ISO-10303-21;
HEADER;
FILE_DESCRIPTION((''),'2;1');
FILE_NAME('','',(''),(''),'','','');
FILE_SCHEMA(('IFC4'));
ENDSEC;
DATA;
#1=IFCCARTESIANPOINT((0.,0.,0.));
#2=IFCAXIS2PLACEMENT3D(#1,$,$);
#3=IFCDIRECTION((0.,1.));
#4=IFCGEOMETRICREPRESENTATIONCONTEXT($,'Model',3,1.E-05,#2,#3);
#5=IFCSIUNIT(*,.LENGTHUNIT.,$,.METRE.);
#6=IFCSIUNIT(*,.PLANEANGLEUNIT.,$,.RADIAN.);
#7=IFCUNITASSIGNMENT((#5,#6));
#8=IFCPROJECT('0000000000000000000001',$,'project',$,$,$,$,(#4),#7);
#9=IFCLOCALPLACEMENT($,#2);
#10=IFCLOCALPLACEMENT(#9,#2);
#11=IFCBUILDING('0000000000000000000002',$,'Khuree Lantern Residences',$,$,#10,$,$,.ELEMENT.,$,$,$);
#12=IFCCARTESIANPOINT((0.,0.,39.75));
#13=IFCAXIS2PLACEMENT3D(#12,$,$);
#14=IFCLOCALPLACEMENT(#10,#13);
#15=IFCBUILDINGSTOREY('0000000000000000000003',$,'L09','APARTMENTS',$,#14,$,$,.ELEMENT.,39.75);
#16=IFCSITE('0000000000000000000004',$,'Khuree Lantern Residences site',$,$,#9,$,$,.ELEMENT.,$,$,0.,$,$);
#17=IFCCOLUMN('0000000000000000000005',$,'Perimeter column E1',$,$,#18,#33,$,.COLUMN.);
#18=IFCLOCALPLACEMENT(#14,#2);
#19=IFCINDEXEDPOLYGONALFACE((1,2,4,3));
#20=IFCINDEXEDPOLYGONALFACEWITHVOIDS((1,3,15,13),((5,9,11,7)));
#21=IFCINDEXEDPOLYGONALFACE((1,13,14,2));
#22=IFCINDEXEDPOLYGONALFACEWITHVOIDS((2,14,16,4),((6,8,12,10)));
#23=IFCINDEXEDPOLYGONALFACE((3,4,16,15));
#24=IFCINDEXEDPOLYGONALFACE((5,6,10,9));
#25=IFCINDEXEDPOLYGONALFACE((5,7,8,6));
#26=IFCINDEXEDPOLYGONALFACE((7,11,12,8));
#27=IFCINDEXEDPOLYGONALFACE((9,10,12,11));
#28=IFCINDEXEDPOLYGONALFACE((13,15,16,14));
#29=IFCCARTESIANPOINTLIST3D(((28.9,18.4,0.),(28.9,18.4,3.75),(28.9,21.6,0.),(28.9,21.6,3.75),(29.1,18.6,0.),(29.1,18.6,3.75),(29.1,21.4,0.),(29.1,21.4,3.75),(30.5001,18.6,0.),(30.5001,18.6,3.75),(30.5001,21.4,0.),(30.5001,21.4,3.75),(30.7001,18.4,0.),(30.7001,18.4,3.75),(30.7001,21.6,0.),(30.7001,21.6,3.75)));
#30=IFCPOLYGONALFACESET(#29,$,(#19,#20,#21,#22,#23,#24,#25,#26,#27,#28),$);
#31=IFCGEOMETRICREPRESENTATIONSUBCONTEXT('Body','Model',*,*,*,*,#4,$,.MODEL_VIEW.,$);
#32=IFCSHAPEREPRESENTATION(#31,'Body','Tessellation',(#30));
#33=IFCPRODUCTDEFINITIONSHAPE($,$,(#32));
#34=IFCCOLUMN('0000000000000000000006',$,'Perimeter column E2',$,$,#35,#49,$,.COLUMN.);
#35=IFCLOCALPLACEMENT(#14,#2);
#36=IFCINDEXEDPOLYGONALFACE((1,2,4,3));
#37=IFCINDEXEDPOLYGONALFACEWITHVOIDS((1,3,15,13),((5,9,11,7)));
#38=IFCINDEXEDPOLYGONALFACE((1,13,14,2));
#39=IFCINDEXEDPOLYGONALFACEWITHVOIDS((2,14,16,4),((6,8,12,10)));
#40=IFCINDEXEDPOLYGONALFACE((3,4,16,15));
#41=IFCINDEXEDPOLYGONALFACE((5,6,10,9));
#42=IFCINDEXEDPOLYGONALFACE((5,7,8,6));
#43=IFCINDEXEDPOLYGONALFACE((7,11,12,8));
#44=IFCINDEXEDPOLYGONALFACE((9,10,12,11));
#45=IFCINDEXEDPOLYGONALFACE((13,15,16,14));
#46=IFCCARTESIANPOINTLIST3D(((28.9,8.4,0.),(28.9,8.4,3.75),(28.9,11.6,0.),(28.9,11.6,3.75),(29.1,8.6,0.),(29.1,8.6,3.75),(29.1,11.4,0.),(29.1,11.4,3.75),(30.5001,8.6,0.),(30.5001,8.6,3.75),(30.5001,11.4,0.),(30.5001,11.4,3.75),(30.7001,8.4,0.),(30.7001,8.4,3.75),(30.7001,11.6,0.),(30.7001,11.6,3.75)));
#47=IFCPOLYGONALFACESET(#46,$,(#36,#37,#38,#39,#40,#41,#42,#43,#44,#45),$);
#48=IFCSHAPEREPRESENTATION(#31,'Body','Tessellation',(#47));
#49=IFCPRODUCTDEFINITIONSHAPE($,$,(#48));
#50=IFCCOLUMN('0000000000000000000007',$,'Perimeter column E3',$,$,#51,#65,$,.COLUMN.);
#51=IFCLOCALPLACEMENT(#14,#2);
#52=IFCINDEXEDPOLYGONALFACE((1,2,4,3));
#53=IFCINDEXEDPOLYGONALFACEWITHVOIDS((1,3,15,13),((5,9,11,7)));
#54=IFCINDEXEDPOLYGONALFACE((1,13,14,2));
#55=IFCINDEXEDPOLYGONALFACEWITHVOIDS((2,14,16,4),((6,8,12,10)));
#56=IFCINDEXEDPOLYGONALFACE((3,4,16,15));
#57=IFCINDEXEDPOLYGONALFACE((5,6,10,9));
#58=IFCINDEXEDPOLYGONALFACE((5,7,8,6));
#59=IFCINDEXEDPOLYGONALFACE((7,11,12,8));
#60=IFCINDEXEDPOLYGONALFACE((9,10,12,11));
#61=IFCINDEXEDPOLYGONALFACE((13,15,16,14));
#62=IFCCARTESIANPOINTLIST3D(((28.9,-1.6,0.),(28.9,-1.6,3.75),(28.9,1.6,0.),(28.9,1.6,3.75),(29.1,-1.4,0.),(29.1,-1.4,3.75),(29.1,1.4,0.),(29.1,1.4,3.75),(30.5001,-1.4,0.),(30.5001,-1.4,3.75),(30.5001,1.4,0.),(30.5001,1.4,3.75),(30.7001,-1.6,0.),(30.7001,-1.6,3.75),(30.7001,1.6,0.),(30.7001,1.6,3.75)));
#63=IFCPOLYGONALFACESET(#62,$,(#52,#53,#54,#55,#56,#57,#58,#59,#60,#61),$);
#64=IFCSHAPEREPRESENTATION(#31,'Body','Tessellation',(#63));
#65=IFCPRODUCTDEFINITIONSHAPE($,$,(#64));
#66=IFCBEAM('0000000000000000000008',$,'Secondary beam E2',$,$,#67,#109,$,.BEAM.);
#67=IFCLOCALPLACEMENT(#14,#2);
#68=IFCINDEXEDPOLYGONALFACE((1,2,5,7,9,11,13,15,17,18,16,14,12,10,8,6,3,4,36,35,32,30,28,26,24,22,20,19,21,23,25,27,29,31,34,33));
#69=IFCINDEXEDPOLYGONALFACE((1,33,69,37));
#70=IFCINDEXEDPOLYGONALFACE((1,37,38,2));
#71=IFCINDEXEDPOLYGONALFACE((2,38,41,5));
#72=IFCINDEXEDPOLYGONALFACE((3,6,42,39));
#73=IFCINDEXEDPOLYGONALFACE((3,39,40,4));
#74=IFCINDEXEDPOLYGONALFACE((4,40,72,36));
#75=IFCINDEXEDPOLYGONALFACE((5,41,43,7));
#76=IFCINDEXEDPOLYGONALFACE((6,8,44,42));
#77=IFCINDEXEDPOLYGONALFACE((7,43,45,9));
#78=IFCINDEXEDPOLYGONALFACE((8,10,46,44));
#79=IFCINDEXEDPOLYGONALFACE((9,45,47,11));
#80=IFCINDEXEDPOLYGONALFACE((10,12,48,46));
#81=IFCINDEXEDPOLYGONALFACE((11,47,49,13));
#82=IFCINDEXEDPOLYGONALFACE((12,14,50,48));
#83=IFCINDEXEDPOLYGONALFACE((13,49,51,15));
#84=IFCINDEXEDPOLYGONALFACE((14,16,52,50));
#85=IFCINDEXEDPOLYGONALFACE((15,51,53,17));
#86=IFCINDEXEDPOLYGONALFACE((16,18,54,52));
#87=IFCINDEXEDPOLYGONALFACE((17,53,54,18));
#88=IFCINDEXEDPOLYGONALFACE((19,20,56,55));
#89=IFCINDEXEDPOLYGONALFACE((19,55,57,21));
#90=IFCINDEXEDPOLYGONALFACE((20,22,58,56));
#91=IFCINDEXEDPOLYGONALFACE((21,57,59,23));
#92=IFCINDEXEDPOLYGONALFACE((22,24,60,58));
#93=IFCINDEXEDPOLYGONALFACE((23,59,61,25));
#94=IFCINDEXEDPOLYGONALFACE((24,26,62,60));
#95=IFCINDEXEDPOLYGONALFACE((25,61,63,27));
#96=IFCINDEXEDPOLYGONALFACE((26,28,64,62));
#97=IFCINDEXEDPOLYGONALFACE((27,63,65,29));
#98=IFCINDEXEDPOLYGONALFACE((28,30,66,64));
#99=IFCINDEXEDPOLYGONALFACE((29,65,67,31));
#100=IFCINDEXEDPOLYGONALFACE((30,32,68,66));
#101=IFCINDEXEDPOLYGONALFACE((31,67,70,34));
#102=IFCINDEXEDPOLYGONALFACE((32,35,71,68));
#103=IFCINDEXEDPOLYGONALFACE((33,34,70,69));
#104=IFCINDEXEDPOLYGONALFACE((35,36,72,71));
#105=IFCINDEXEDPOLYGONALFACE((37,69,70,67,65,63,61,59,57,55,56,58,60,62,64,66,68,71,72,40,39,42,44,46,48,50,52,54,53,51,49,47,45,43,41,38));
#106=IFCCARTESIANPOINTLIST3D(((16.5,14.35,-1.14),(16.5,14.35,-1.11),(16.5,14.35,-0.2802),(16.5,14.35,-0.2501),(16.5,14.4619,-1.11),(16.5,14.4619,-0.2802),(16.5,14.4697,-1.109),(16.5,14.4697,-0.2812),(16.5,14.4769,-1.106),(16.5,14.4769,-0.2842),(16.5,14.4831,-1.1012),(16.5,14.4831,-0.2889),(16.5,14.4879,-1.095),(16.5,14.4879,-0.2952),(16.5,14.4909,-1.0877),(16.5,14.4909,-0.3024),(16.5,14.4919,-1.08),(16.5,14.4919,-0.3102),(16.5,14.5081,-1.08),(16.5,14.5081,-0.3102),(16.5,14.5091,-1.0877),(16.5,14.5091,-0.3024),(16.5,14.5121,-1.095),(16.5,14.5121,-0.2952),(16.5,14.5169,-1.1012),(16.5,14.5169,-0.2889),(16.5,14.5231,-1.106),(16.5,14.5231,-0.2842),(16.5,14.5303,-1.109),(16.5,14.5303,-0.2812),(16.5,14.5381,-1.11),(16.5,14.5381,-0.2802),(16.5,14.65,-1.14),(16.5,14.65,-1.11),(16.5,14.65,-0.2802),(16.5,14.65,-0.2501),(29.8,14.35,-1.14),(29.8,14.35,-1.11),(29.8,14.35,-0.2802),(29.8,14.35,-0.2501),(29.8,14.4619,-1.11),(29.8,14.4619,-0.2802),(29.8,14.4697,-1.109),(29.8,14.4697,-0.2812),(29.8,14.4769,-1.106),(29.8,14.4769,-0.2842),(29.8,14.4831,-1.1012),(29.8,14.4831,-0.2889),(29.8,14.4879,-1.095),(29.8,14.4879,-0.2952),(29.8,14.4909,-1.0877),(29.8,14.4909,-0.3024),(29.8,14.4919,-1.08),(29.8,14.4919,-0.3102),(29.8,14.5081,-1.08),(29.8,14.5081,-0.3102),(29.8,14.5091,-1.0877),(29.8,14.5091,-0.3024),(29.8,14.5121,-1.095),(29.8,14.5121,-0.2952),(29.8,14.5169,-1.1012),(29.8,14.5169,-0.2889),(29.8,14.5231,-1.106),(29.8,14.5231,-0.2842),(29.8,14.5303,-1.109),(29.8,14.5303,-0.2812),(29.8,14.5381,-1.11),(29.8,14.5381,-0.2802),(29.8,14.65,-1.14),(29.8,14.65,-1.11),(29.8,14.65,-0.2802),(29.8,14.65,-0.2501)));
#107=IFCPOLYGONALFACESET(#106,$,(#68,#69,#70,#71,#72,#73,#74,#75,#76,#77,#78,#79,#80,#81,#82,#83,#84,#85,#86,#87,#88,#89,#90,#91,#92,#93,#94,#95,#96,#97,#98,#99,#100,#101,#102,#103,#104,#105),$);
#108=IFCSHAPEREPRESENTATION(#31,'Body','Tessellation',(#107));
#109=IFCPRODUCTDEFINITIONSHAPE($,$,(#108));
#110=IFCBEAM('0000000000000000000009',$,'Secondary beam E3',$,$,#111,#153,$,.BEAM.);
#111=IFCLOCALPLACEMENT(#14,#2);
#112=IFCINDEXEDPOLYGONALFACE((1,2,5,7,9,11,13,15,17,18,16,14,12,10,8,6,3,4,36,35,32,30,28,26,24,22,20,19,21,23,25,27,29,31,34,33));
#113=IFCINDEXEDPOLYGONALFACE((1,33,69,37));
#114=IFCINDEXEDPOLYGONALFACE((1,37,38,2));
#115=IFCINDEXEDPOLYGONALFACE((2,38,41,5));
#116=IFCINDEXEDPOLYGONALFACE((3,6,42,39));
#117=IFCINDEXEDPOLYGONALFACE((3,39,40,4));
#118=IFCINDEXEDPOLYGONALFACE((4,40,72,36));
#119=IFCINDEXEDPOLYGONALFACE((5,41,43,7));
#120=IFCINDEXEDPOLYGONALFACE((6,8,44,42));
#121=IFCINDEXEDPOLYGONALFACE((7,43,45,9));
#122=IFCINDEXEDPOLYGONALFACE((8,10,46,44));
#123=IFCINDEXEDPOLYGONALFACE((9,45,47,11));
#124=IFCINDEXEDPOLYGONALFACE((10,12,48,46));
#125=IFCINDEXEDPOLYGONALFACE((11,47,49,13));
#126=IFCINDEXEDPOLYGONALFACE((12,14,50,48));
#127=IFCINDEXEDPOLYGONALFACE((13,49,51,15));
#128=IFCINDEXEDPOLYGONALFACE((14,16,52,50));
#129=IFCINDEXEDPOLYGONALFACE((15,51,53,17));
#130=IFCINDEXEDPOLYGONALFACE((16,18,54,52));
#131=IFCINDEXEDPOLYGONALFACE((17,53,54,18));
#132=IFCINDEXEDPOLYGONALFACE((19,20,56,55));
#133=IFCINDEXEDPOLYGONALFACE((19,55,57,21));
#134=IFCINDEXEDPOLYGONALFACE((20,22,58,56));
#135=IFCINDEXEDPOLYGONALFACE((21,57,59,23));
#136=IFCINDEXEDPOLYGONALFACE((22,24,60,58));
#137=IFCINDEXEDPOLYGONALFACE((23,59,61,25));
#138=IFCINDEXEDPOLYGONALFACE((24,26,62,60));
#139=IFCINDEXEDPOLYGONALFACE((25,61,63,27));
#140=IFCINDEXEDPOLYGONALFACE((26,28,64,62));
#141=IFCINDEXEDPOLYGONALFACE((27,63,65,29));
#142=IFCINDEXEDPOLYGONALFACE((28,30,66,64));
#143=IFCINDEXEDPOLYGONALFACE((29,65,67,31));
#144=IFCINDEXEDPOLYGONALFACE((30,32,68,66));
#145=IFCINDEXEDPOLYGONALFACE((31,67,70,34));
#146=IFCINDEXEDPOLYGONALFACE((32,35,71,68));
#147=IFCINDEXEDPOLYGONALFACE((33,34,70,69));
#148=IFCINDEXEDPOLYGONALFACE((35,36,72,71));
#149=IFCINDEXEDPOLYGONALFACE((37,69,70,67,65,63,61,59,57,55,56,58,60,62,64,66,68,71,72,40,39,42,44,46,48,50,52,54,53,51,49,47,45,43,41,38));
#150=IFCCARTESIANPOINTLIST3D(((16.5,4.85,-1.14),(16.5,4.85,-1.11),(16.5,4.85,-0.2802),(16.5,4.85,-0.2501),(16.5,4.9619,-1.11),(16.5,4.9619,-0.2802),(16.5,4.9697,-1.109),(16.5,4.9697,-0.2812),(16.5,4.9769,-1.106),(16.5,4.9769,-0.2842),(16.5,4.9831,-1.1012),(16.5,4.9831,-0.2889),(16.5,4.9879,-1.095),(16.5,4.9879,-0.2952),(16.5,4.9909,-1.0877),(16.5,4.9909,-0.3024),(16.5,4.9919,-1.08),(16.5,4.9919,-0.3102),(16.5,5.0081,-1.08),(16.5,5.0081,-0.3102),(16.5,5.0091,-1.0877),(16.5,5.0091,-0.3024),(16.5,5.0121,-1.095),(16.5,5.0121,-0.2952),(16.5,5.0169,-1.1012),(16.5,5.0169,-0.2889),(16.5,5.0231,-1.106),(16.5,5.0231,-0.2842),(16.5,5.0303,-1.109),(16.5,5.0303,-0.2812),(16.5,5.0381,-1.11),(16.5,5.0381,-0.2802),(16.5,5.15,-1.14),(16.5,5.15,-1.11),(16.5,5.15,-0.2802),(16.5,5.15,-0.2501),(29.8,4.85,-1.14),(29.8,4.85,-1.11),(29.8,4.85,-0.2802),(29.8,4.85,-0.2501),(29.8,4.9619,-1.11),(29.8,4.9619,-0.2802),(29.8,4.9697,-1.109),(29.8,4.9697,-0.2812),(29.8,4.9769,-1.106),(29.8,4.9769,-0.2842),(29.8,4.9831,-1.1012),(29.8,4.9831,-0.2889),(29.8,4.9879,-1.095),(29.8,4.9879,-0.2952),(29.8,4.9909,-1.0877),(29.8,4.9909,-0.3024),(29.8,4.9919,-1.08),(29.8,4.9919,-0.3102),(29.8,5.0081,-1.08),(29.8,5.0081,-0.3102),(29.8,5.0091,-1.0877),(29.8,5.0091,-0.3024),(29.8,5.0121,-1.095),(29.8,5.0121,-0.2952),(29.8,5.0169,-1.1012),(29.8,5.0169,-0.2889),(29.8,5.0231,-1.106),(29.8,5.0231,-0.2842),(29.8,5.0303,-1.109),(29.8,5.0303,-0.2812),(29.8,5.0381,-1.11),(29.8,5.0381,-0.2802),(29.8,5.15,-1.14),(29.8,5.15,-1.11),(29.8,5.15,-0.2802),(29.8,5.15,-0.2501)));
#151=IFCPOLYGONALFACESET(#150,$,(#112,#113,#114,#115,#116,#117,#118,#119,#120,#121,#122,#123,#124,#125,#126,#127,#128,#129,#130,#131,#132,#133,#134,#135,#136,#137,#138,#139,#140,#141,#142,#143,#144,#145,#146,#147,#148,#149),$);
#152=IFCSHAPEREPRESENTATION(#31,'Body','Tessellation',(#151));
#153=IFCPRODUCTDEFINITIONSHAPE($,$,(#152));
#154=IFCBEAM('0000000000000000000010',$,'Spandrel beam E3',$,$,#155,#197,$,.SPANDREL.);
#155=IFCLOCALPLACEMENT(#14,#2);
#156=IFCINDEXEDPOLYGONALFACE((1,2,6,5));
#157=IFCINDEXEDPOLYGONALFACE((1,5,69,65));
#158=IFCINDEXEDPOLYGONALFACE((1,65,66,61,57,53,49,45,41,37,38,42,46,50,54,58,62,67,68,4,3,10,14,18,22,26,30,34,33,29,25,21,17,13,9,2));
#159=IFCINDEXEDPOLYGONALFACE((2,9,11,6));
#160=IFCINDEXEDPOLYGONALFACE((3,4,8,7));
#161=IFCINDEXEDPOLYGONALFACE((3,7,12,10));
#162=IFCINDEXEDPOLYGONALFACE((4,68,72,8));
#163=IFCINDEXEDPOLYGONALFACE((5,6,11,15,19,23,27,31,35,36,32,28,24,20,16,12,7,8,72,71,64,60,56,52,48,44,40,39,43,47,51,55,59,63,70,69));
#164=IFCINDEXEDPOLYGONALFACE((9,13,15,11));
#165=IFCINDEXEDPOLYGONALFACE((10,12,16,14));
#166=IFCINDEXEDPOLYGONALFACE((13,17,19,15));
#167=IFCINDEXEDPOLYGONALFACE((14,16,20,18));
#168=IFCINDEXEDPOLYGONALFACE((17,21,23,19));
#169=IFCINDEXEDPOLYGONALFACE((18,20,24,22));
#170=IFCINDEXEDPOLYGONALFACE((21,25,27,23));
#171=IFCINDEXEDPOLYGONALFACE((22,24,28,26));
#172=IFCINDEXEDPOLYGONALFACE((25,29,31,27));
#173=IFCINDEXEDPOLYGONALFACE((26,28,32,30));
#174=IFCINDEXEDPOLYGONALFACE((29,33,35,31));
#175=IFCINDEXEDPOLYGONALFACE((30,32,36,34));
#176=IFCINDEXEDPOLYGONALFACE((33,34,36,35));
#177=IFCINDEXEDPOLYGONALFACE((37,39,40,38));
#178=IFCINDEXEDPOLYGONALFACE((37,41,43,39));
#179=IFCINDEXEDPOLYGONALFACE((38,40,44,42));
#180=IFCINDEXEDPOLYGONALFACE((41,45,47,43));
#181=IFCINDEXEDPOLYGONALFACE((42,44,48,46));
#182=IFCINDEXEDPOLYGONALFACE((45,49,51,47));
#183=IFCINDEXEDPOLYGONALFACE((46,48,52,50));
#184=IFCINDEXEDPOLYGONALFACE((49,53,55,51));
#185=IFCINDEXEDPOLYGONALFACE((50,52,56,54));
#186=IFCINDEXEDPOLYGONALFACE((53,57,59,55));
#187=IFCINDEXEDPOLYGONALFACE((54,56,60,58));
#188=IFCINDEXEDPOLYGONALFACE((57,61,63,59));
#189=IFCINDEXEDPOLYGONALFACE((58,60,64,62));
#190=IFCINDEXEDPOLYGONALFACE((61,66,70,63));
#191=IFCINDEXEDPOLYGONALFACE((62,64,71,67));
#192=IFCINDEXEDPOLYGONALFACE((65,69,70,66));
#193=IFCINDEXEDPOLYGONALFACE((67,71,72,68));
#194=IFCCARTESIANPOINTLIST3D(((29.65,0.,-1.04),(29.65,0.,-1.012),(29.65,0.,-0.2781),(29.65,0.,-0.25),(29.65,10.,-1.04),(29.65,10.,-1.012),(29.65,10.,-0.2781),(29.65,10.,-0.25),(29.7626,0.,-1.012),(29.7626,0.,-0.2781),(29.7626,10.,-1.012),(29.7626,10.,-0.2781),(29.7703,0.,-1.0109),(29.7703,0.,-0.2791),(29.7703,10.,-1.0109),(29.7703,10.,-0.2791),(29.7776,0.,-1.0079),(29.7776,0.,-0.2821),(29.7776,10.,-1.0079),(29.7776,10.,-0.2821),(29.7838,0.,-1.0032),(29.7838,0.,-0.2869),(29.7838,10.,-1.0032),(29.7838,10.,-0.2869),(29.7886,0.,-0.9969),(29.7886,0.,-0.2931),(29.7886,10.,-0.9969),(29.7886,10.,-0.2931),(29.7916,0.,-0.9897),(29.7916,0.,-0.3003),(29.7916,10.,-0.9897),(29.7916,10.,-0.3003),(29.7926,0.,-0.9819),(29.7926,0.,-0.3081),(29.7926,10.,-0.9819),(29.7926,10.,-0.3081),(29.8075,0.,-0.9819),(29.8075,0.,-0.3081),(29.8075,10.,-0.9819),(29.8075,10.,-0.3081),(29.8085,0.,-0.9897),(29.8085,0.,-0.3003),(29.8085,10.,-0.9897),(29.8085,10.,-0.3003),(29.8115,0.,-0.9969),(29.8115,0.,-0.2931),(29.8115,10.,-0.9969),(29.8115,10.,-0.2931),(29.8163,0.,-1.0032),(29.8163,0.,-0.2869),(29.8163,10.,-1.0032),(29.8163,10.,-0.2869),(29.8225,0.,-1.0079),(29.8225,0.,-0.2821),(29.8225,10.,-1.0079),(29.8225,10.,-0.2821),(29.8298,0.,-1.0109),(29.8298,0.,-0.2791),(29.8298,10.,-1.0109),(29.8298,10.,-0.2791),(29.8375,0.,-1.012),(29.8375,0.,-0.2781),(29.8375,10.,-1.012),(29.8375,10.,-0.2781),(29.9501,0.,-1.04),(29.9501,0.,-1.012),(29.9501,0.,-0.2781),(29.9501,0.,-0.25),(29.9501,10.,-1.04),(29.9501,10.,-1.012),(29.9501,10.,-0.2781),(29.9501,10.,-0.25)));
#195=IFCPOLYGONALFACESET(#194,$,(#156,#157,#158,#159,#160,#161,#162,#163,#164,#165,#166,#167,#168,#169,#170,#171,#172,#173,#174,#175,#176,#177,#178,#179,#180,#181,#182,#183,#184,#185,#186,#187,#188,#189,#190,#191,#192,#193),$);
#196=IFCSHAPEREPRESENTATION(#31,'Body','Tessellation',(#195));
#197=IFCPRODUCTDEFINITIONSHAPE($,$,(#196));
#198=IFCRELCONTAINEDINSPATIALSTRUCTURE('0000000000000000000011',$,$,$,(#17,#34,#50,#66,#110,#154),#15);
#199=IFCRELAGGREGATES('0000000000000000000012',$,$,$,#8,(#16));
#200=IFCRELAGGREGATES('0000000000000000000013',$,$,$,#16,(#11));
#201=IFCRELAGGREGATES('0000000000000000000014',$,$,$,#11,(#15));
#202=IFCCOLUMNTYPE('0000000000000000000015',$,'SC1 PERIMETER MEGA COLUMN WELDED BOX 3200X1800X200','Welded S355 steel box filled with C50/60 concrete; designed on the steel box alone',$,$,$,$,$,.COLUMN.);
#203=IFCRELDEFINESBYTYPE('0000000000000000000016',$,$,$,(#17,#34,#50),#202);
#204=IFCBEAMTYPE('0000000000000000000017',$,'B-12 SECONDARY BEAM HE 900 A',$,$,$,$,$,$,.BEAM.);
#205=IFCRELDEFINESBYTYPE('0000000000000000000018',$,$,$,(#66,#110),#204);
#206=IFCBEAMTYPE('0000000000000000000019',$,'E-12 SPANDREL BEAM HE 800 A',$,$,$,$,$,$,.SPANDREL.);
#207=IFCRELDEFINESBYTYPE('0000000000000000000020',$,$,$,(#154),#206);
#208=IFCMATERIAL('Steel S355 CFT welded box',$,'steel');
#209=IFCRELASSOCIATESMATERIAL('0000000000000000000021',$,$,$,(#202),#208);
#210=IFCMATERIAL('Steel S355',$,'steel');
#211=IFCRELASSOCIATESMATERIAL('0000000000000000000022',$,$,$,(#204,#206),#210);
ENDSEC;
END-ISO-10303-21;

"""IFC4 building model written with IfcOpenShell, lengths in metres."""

from ifc_helpers import new_model, si_unit, direction, frame, origin, origin_2d, place, context, subcontext, project, spatial, hollow_rectangle, i_section, extrude, material, material_profile, profile_set, type_object, element, save


model = new_model("IFC4")

# Units and contexts
model_context = context("Model", 3, precision=1e-05, world=origin(), true_north=direction((0.0, 1.0)))
body_context = subcontext(model_context, "Body", "Model", "MODEL_VIEW")
ifc_project = project(units=[si_unit("LENGTHUNIT", "METRE"), si_unit("PLANEANGLEUNIT", "RADIAN")], contexts=[model_context])

# Site, building, storey
site_placement = place(None, origin())
site = spatial("IfcSite", under=ifc_project, at=site_placement, Name="Khuree Lantern Residences site", CompositionType="ELEMENT", RefElevation=0.0)
building_placement = place(site_placement, origin())
building = spatial("IfcBuilding", under=site, at=building_placement, Name="Khuree Lantern Residences", CompositionType="ELEMENT")
storey_placement = place(building_placement, frame((0.0, 0.0, 39.75)))
storey = spatial("IfcBuildingStorey", under=building, at=storey_placement, Name="L09", Description="APARTMENTS", CompositionType="ELEMENT", Elevation=39.75)

# Columns
ifc_material_1 = material(Name="Steel S355 CFT welded box", Category="steel")
ifc_material_profile_1 = material_profile(ifc_material_1, hollow_rectangle(XDim=3.2, YDim=1.8, WallThickness=0.2, at=origin_2d()), Name="WELDED BOX 3200X1800X200")
ifc_profile_set_1 = profile_set([ifc_material_profile_1], Name="Steel S355 CFT welded box")
column_type = type_object("IfcColumnType", Name="SC1 PERIMETER MEGA COLUMN WELDED BOX 3200X1800X200", Description="Welded S355 steel box filled with C50/60 concrete; designed on the steel box alone", PredefinedType="COLUMN", material=ifc_profile_set_1)
for number, where, z_axis, x_axis, name in (
    (1, (29.8, 20.0, 0.0), (0.0, 0.0, 1.0), (0.0, 1.0, 0.0), "Perimeter column E1"),
    (2, (29.8, 10.0, 0.0), (0.0, 0.0, 1.0), (0.0, 1.0, 0.0), "Perimeter column E2"),
    (3, (29.8, 0.0, 0.0), (0.0, 0.0, 1.0), (0.0, 1.0, 0.0), "Perimeter column E3"),
):
    element("IfcColumn", number, at=place(storey_placement, frame(where, z_axis=z_axis, x_axis=x_axis)), inside=storey, type_object=column_type, Name=name, PredefinedType="COLUMN", context=body_context, shape_type="SweptSolid", body=[
        extrude(hollow_rectangle(XDim=3.2, YDim=1.8, WallThickness=0.2, at=origin_2d()), origin(), (0.0, 0.0, 1.0), 3.75),
    ])

# Beams
ifc_material_2 = material(Name="Steel S355", Category="steel")
ifc_material_profile_2 = material_profile(ifc_material_2, i_section(OverallWidth=0.3, OverallDepth=0.8899, WebThickness=0.0161, FlangeThickness=0.03, FilletRadius=0.03, at=origin_2d()), Name="HE 900 A")
ifc_profile_set_2 = profile_set([ifc_material_profile_2], Name="Steel S355")
beam_type_1 = type_object("IfcBeamType", Name="B-12 SECONDARY BEAM HE 900 A", PredefinedType="BEAM", material=ifc_profile_set_2)
for number, where, z_axis, x_axis, name in (
    (4, (29.8, 14.5, -0.6951), (-1.0, 0.0, 0.0), (0.0, -1.0, 0.0), "Secondary beam E2"),
    (5, (29.8, 5.0, -0.6951), (-1.0, 0.0, 0.0), (0.0, -1.0, 0.0), "Secondary beam E3"),
):
    element("IfcBeam", number, at=place(storey_placement, frame(where, z_axis=z_axis, x_axis=x_axis)), inside=storey, type_object=beam_type_1, Name=name, PredefinedType="BEAM", context=body_context, shape_type="SweptSolid", body=[
        extrude(i_section(OverallWidth=0.3, OverallDepth=0.8899, WebThickness=0.0161, FlangeThickness=0.03, FilletRadius=0.03, at=origin_2d()), origin(), (0.0, 0.0, 1.0), 13.3),
    ])
ifc_material_profile_3 = material_profile(ifc_material_2, i_section(OverallWidth=0.3, OverallDepth=0.79, WebThickness=0.0149, FlangeThickness=0.0281, FilletRadius=0.03, at=origin_2d()), Name="HE 800 A")
ifc_profile_set_3 = profile_set([ifc_material_profile_3], Name="Steel S355")
beam_type_2 = type_object("IfcBeamType", Name="E-12 SPANDREL BEAM HE 800 A", PredefinedType="SPANDREL", material=ifc_profile_set_3)
for number, where, z_axis, x_axis, name in (
    (6, (29.8, 10.0, -0.645), (0.0, -1.0, 0.0), (1.0, 0.0, 0.0), "Spandrel beam E3"),
):
    element("IfcBeam", number, at=place(storey_placement, frame(where, z_axis=z_axis, x_axis=x_axis)), inside=storey, type_object=beam_type_2, Name=name, PredefinedType="SPANDREL", context=body_context, shape_type="SweptSolid", body=[
        extrude(i_section(OverallWidth=0.3, OverallDepth=0.79, WebThickness=0.0149, FlangeThickness=0.0281, FilletRadius=0.03, at=origin_2d()), origin(), (0.0, 0.0, 1.0), 10.0),
    ])

save(model, "model.ifc")
